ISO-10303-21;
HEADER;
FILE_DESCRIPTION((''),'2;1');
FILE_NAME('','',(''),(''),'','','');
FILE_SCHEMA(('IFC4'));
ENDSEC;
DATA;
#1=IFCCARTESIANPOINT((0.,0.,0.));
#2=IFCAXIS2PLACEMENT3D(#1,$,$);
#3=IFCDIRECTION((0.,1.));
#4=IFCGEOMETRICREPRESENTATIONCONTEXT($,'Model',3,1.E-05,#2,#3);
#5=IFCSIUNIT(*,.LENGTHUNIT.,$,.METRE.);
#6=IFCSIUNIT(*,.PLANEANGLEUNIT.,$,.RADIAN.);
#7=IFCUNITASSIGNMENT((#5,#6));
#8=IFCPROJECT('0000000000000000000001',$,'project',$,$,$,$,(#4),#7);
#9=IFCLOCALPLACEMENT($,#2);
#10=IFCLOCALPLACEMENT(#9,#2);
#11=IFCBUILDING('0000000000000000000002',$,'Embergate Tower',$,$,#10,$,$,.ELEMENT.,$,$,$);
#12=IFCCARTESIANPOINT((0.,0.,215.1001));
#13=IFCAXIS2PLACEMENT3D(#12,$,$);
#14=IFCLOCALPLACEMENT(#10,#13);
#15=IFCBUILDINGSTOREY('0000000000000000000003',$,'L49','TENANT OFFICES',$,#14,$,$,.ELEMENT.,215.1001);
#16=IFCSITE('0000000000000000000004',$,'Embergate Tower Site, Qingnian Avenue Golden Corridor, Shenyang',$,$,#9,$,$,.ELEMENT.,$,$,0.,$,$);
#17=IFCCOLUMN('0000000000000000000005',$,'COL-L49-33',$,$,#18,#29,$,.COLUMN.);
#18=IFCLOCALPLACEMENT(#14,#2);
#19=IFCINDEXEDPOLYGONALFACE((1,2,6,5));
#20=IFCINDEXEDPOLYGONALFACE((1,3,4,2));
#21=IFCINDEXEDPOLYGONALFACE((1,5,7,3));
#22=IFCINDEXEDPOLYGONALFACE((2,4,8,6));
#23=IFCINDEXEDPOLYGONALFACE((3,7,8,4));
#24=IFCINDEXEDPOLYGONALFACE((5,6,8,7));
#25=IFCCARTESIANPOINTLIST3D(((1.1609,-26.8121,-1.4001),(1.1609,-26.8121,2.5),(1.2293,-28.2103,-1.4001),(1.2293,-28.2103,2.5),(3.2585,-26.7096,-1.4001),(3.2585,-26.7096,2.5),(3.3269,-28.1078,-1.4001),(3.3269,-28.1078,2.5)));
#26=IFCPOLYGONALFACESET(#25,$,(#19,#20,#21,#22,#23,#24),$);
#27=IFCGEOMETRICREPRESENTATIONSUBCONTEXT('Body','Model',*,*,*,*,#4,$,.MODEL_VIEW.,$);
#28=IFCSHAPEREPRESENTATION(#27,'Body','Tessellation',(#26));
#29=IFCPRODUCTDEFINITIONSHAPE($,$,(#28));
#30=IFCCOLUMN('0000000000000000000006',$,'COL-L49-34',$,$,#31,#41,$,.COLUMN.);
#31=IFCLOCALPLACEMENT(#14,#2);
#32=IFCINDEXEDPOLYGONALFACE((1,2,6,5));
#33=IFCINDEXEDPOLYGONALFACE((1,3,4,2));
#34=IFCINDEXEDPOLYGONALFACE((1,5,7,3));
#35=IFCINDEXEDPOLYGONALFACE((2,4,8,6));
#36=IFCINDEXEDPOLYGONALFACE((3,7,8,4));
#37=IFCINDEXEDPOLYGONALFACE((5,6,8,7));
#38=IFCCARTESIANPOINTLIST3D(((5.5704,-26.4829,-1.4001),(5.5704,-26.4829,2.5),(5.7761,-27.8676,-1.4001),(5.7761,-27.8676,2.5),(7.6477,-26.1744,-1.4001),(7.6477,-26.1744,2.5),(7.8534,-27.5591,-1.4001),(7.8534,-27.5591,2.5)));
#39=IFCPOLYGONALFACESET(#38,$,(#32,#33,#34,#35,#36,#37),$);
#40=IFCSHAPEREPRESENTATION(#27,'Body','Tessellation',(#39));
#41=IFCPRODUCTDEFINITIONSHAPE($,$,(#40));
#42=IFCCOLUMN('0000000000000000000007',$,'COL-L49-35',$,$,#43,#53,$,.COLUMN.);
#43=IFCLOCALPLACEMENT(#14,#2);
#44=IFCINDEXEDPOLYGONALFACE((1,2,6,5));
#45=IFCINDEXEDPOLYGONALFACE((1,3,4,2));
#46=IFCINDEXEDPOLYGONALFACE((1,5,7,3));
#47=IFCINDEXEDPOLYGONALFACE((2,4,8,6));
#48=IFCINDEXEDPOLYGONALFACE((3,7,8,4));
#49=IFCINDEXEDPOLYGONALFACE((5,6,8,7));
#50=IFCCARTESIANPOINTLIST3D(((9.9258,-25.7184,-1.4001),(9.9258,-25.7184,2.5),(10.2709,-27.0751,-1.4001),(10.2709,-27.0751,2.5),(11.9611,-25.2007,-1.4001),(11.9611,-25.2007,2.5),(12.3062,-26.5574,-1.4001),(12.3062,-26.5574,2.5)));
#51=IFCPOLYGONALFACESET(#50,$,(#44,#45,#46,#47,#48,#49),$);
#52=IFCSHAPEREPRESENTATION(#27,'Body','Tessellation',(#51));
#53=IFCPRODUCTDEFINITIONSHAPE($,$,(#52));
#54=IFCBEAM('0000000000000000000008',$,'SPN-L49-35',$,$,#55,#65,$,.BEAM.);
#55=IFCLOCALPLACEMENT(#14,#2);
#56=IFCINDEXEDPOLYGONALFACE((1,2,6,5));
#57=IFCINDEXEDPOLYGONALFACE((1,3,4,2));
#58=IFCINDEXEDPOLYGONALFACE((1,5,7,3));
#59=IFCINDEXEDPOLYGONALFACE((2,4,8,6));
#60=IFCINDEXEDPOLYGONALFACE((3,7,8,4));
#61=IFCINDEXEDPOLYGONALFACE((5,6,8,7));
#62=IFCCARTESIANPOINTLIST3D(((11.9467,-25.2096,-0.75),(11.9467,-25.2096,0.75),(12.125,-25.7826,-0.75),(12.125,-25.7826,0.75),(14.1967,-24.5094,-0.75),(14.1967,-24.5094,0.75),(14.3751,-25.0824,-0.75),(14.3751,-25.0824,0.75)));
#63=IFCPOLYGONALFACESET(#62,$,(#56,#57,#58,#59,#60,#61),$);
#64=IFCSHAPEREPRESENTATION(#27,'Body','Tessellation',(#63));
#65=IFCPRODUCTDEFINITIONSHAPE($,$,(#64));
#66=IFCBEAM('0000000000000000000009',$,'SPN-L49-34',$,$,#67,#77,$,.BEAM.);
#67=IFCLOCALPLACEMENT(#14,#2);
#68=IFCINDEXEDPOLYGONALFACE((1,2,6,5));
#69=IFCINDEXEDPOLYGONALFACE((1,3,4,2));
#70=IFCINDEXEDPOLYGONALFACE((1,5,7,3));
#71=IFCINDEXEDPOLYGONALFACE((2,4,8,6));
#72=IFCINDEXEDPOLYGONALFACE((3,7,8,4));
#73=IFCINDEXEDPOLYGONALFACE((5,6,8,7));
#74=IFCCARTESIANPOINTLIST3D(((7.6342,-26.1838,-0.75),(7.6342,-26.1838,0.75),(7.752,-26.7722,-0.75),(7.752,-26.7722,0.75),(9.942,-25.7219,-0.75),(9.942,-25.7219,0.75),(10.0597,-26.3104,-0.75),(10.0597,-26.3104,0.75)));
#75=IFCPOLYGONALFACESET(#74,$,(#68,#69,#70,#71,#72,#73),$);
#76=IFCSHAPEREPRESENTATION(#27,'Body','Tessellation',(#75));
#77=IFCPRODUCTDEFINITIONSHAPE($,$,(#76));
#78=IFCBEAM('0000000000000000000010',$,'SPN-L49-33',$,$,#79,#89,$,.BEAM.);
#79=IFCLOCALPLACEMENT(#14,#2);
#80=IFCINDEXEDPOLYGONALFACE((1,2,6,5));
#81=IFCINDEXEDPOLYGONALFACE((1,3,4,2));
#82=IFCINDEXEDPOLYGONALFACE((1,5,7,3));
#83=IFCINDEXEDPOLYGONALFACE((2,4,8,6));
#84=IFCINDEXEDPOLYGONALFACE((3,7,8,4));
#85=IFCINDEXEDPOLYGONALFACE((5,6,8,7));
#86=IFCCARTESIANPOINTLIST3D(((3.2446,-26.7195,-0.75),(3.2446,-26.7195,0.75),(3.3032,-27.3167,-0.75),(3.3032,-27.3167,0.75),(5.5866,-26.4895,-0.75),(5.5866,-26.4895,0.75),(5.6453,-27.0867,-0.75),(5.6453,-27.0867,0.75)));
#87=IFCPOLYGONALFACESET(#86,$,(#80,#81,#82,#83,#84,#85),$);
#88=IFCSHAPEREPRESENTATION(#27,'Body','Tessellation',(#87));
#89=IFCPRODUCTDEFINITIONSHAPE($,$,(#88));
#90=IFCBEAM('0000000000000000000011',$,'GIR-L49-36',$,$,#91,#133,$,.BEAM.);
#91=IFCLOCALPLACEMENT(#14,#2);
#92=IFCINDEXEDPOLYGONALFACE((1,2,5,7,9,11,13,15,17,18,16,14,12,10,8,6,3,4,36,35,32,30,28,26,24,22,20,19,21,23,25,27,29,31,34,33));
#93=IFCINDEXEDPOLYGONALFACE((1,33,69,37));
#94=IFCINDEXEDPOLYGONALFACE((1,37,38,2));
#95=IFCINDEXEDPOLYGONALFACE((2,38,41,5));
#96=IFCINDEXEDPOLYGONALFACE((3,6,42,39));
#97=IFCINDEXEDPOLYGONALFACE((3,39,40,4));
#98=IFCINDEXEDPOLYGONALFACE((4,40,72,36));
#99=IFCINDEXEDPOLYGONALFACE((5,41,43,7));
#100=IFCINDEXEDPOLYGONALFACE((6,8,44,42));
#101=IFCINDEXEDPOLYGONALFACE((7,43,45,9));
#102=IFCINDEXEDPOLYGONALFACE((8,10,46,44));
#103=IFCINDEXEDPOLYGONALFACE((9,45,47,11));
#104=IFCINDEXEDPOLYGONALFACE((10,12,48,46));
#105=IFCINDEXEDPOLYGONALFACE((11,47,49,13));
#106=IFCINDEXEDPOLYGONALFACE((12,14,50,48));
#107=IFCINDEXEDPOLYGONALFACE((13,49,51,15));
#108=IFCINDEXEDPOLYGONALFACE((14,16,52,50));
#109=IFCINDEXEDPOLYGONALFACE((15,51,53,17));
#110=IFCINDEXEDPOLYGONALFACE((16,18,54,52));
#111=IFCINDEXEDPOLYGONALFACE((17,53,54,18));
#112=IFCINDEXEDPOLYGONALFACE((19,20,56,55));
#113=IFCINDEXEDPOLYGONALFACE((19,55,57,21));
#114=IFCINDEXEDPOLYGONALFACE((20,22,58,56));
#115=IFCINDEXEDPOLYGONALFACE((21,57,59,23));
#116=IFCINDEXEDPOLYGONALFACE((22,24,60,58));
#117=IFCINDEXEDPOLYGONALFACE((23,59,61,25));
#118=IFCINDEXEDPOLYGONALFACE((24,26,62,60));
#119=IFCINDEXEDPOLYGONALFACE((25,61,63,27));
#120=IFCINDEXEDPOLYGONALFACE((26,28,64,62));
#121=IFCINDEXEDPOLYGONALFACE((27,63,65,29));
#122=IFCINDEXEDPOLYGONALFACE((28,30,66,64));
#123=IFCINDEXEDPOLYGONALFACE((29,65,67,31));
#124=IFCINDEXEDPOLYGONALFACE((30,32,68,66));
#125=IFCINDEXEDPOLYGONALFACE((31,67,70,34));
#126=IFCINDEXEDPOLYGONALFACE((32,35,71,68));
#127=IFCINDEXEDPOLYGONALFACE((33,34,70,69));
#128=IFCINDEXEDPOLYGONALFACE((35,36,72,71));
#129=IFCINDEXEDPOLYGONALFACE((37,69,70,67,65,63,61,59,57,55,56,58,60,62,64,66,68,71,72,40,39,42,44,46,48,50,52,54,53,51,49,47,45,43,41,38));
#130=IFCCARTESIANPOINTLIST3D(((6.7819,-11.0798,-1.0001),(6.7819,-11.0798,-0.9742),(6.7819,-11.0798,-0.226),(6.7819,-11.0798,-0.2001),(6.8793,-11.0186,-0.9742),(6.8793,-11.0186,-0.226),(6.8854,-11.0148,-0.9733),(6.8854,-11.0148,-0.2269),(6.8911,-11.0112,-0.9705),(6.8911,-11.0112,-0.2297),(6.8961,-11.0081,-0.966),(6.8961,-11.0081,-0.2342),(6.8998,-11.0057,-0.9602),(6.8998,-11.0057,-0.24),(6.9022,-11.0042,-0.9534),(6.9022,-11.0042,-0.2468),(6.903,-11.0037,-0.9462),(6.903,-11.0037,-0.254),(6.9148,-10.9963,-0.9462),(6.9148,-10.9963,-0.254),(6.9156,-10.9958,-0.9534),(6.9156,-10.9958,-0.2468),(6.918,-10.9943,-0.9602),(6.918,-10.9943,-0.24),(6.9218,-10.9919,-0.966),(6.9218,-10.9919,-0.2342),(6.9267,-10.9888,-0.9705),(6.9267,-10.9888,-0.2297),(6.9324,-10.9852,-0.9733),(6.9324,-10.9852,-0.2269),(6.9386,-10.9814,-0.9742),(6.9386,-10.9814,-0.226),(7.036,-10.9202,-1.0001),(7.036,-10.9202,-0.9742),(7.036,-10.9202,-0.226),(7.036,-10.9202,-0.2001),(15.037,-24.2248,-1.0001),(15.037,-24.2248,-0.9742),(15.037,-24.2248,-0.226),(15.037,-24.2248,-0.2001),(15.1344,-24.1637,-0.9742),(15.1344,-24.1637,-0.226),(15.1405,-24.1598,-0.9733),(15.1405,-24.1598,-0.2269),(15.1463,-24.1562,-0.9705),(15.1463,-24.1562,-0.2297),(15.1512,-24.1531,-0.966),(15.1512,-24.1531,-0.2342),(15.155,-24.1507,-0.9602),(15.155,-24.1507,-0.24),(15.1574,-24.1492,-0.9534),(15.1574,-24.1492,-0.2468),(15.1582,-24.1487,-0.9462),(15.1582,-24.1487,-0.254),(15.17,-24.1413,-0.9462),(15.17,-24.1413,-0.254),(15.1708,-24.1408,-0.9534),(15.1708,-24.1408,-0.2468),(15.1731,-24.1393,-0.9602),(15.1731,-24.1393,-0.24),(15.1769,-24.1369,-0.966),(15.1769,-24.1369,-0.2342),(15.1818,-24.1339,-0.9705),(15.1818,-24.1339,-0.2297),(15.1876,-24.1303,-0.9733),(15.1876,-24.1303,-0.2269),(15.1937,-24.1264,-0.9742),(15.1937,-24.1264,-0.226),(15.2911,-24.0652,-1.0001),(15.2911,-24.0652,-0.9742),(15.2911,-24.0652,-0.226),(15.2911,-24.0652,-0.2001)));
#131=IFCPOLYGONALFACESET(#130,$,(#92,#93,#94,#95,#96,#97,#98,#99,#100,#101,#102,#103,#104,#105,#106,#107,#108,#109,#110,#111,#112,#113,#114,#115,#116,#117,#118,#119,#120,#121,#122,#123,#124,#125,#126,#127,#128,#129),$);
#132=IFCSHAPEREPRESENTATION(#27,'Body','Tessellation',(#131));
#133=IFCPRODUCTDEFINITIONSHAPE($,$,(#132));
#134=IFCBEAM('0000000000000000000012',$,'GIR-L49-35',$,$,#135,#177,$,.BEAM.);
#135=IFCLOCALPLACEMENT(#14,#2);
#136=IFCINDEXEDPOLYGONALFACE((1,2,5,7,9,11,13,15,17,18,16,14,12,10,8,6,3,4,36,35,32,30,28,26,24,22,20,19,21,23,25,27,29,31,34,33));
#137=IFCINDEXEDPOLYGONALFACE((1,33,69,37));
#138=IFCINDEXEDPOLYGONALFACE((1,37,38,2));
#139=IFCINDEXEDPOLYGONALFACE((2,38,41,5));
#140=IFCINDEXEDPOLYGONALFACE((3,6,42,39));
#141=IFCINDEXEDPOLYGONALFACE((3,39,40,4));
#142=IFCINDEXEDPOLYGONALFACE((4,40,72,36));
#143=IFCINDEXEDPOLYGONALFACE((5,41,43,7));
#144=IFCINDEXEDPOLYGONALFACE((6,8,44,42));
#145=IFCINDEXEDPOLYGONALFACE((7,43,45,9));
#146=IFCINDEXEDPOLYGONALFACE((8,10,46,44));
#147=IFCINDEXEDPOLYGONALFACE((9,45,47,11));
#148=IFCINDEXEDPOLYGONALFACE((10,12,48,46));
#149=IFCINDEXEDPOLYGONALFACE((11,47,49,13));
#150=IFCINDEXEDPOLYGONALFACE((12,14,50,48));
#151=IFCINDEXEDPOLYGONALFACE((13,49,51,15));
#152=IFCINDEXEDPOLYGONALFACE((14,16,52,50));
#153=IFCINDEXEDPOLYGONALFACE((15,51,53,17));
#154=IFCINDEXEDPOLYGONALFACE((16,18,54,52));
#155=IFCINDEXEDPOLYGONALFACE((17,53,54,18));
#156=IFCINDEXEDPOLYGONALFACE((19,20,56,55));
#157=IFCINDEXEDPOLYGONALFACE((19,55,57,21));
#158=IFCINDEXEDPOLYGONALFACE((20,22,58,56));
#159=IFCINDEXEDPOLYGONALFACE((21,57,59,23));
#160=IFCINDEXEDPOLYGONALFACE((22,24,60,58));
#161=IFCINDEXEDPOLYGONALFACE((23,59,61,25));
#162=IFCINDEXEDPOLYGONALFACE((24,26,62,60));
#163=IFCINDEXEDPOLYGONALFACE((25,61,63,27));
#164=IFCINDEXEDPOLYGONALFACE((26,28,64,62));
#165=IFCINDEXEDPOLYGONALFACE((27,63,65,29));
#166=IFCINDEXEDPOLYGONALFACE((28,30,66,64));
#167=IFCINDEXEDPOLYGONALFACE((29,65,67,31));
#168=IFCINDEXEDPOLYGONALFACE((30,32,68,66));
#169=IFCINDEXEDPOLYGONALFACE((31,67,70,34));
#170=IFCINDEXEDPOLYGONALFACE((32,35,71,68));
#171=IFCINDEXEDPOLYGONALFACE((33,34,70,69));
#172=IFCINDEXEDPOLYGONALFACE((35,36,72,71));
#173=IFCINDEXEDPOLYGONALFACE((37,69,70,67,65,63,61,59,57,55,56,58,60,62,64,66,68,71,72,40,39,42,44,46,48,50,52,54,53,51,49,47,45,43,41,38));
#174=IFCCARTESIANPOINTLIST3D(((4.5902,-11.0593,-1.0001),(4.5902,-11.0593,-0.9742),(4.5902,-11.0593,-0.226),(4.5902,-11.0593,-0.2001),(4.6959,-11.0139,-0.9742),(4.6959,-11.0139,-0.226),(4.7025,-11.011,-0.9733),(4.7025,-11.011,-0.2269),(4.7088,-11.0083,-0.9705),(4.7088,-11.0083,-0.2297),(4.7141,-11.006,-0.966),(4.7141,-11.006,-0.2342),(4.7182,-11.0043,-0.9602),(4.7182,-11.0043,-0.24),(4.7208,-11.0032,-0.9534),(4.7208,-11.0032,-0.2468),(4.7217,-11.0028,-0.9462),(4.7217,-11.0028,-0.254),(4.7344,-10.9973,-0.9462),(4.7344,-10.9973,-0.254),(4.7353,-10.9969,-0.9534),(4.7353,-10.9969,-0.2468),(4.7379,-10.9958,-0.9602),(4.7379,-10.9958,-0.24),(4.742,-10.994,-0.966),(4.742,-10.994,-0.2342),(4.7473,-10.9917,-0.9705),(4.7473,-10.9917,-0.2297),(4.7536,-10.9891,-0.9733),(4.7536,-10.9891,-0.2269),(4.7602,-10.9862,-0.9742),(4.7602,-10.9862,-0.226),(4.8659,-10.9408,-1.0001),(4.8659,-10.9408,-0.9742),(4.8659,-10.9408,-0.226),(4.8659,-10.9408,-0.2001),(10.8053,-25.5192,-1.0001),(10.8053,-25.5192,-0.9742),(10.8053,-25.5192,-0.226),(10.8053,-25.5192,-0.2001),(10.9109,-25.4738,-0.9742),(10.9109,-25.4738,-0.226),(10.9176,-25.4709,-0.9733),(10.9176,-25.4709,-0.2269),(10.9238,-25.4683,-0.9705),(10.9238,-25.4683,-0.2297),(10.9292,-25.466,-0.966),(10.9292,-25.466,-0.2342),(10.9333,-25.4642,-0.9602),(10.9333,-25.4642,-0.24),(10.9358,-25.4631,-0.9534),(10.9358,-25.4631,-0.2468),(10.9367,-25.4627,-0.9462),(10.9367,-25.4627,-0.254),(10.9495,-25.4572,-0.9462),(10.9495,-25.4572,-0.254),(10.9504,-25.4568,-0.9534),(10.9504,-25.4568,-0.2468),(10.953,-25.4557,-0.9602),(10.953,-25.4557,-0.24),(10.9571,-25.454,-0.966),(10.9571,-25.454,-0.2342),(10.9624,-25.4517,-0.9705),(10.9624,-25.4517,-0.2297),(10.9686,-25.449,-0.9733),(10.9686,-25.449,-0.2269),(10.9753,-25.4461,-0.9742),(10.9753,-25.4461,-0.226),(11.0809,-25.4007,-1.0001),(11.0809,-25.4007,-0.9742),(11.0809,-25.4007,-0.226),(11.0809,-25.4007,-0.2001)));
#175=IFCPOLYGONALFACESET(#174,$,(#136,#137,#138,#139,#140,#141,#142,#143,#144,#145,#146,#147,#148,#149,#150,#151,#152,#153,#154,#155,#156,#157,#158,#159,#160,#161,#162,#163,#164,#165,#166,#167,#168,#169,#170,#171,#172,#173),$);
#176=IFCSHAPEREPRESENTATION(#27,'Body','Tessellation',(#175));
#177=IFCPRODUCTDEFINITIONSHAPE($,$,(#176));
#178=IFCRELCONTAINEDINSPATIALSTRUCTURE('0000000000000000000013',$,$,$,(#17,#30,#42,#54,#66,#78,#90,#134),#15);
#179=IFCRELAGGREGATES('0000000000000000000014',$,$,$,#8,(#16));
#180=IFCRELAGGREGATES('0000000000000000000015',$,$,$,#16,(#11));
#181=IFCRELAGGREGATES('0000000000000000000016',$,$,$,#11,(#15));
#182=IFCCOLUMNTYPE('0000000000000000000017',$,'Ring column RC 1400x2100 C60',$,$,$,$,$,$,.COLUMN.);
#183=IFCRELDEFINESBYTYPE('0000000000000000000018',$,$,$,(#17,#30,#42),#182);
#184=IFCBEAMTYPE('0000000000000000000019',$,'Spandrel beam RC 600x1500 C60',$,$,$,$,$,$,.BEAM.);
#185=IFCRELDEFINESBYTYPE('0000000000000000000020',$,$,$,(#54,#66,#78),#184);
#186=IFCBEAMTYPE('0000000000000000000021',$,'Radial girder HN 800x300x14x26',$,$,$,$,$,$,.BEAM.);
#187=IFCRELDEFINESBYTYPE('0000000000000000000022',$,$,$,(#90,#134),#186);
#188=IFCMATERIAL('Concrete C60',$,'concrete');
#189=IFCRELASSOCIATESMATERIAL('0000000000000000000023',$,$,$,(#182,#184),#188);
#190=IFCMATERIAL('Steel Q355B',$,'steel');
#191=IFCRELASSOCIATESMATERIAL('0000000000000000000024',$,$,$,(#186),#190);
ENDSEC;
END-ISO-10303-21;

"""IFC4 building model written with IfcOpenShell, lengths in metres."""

from ifc_helpers import new_model, si_unit, direction, frame, origin, origin_2d, place, context, subcontext, project, spatial, rectangle, i_section, extrude, source, transform, mapped, material, material_profile, profile_set, type_object, element, save


model = new_model("IFC4")

# Units and contexts
model_context = context("Model", 3, precision=1e-05, world=origin(), true_north=direction((0.0, 1.0)))
body_context = subcontext(model_context, "Body", "Model", "MODEL_VIEW")
ifc_project = project(units=[si_unit("LENGTHUNIT", "METRE"), si_unit("PLANEANGLEUNIT", "RADIAN")], contexts=[model_context])

# Site, building, storey
site_placement = place(None, origin())
site = spatial("IfcSite", under=ifc_project, at=site_placement, Name="Embergate Tower Site, Qingnian Avenue Golden Corridor, Shenyang", CompositionType="ELEMENT", RefElevation=0.0)
building_placement = place(site_placement, origin())
building = spatial("IfcBuilding", under=site, at=building_placement, Name="Embergate Tower", CompositionType="ELEMENT")
storey_placement = place(building_placement, frame((0.0, 0.0, 215.1001)))
storey = spatial("IfcBuildingStorey", under=building, at=storey_placement, Name="L49", Description="TENANT OFFICES", CompositionType="ELEMENT", Elevation=215.1001)

# Columns
ifc_material_1 = material(Name="Concrete C60", Category="concrete")
ifc_material_profile_1 = material_profile(ifc_material_1, rectangle(XDim=1.3999, YDim=2.1001, at=origin_2d()), Name="RC 1400x2100")
ifc_profile_set_1 = profile_set([ifc_material_profile_1], Name="Concrete C60")
column_type = type_object("IfcColumnType", Name="Ring column RC 1400x2100 C60", PredefinedType="COLUMN", material=ifc_profile_set_1)
shared_shape_1 = source(origin(), body_context, "Body", "SweptSolid", [
    extrude(rectangle(XDim=1.3999, YDim=2.1001, at=origin_2d()), origin(), (0.0, 0.0, 1.0), 3.9001),
])
for number, where, z_axis, x_axis, name in (
    (1, (2.2439, -27.46, -1.4001), (0.0, 0.0, 1.0), (0.048815, -0.998808, 0.0), "COL-L49-33"),
    (2, (6.7119, -27.021, -1.4001), (0.0, 0.0, 1.0), (0.146929, -0.989147, 0.0), "COL-L49-34"),
    (3, (11.116, -26.1379, -1.4001), (0.0, 0.0, 1.0), (0.246509, -0.969141, 0.0), "COL-L49-35"),
):
    element("IfcColumn", number, at=place(storey_placement, frame(where, z_axis=z_axis, x_axis=x_axis)), inside=storey, type_object=column_type, Name=name, PredefinedType="COLUMN", context=body_context, shape_type="MappedRepresentation", body=[
        mapped(shared_shape_1, transform((0.0, 0.0, 0.0))),
    ])

# Beams
ifc_material_profile_2 = material_profile(ifc_material_1, rectangle(XDim=0.6001, YDim=1.5, at=origin_2d()), Name="RC 600x1500")
ifc_profile_set_2 = profile_set([ifc_material_profile_2], Name="Concrete C60")
beam_type_1 = type_object("IfcBeamType", Name="Spandrel beam RC 600x1500 C60", PredefinedType="BEAM", material=ifc_profile_set_2)
shared_shape_2 = source(origin(), body_context, "Body", "SweptSolid", [
    extrude(rectangle(XDim=0.6001, YDim=1.5, at=origin_2d()), origin(), (0.0, 0.0, 1.0), 2.3564),
])
beam_1_placement = place(storey_placement, frame((12.0359, -25.4961, 0.0), z_axis=(0.954833, 0.297142, 0.0), x_axis=(-0.297142, 0.954833, 0.0)))
element("IfcBeam", 4, at=beam_1_placement, inside=storey, type_object=beam_type_1, Name="SPN-L49-35", PredefinedType="BEAM", context=body_context, shape_type="MappedRepresentation", body=[
    mapped(shared_shape_2, transform((0.0, 0.0, 0.0))),
])
shared_shape_3 = source(origin(), body_context, "Body", "SweptSolid", [
    extrude(rectangle(XDim=0.6001, YDim=1.5, at=origin_2d()), origin(), (0.0, 0.0, 1.0), 2.3535),
])
beam_2_placement = place(storey_placement, frame((7.6931, -26.478, 0.0), z_axis=(0.980553, 0.196256, 0.0), x_axis=(-0.196256, 0.980553, 0.0)))
element("IfcBeam", 5, at=beam_2_placement, inside=storey, type_object=beam_type_1, Name="SPN-L49-34", PredefinedType="BEAM", context=body_context, shape_type="MappedRepresentation", body=[
    mapped(shared_shape_3, transform((0.0, 0.0, 0.0))),
])
shared_shape_4 = source(origin(), body_context, "Body", "SweptSolid", [
    extrude(rectangle(XDim=0.6001, YDim=1.5, at=origin_2d()), origin(), (0.0, 0.0, 1.0), 2.3533),
])
beam_3_placement = place(storey_placement, frame((3.2739, -27.0181, 0.0), z_axis=(0.995213, 0.097727, 0.0), x_axis=(-0.097727, 0.995213, 0.0)))
element("IfcBeam", 6, at=beam_3_placement, inside=storey, type_object=beam_type_1, Name="SPN-L49-33", PredefinedType="BEAM", context=body_context, shape_type="MappedRepresentation", body=[
    mapped(shared_shape_4, transform((0.0, 0.0, 0.0))),
])
ifc_material_2 = material(Name="Steel Q355B", Category="steel")
ifc_material_profile_3 = material_profile(ifc_material_2, i_section(OverallWidth=0.3, OverallDepth=0.8, WebThickness=0.0139, FlangeThickness=0.0259, FilletRadius=0.0281, at=origin_2d()), Name="HN 800x300x14x26")
ifc_profile_set_3 = profile_set([ifc_material_profile_3], Name="Steel Q355 grade B")
beam_type_2 = type_object("IfcBeamType", Name="Radial girder HN 800x300x14x26", PredefinedType="BEAM", material=ifc_profile_set_3)
shared_shape_5 = source(origin(), body_context, "Body", "SweptSolid", [
    extrude(i_section(OverallWidth=0.3, OverallDepth=0.8, WebThickness=0.0139, FlangeThickness=0.0259, FilletRadius=0.0281, at=origin_2d()), origin(), (0.0, 0.0, 1.0), 15.5222),
])
beam_4_placement = place(storey_placement, frame((15.1641, -24.145, -0.6001), z_axis=(-0.531827, 0.846853, 0.0), x_axis=(-0.846853, -0.531827, 0.0)))
element("IfcBeam", 7, at=beam_4_placement, inside=storey, type_object=beam_type_2, Name="GIR-L49-36", PredefinedType="BEAM", context=body_context, shape_type="MappedRepresentation", body=[
    mapped(shared_shape_5, transform((0.0, 0.0, 0.0))),
])
shared_shape_6 = source(origin(), body_context, "Body", "SweptSolid", [
    extrude(i_section(OverallWidth=0.3, OverallDepth=0.8, WebThickness=0.0139, FlangeThickness=0.0259, FilletRadius=0.0281, at=origin_2d()), origin(), (0.0, 0.0, 1.0), 15.739),
])
beam_5_placement = place(storey_placement, frame((10.9431, -25.46, -0.6001), z_axis=(-0.394883, 0.918731, 0.0), x_axis=(-0.918731, -0.394883, 0.0)))
element("IfcBeam", 8, at=beam_5_placement, inside=storey, type_object=beam_type_2, Name="GIR-L49-35", PredefinedType="BEAM", context=body_context, shape_type="MappedRepresentation", body=[
    mapped(shared_shape_6, transform((0.0, 0.0, 0.0))),
])

save(model, "model.ifc")
